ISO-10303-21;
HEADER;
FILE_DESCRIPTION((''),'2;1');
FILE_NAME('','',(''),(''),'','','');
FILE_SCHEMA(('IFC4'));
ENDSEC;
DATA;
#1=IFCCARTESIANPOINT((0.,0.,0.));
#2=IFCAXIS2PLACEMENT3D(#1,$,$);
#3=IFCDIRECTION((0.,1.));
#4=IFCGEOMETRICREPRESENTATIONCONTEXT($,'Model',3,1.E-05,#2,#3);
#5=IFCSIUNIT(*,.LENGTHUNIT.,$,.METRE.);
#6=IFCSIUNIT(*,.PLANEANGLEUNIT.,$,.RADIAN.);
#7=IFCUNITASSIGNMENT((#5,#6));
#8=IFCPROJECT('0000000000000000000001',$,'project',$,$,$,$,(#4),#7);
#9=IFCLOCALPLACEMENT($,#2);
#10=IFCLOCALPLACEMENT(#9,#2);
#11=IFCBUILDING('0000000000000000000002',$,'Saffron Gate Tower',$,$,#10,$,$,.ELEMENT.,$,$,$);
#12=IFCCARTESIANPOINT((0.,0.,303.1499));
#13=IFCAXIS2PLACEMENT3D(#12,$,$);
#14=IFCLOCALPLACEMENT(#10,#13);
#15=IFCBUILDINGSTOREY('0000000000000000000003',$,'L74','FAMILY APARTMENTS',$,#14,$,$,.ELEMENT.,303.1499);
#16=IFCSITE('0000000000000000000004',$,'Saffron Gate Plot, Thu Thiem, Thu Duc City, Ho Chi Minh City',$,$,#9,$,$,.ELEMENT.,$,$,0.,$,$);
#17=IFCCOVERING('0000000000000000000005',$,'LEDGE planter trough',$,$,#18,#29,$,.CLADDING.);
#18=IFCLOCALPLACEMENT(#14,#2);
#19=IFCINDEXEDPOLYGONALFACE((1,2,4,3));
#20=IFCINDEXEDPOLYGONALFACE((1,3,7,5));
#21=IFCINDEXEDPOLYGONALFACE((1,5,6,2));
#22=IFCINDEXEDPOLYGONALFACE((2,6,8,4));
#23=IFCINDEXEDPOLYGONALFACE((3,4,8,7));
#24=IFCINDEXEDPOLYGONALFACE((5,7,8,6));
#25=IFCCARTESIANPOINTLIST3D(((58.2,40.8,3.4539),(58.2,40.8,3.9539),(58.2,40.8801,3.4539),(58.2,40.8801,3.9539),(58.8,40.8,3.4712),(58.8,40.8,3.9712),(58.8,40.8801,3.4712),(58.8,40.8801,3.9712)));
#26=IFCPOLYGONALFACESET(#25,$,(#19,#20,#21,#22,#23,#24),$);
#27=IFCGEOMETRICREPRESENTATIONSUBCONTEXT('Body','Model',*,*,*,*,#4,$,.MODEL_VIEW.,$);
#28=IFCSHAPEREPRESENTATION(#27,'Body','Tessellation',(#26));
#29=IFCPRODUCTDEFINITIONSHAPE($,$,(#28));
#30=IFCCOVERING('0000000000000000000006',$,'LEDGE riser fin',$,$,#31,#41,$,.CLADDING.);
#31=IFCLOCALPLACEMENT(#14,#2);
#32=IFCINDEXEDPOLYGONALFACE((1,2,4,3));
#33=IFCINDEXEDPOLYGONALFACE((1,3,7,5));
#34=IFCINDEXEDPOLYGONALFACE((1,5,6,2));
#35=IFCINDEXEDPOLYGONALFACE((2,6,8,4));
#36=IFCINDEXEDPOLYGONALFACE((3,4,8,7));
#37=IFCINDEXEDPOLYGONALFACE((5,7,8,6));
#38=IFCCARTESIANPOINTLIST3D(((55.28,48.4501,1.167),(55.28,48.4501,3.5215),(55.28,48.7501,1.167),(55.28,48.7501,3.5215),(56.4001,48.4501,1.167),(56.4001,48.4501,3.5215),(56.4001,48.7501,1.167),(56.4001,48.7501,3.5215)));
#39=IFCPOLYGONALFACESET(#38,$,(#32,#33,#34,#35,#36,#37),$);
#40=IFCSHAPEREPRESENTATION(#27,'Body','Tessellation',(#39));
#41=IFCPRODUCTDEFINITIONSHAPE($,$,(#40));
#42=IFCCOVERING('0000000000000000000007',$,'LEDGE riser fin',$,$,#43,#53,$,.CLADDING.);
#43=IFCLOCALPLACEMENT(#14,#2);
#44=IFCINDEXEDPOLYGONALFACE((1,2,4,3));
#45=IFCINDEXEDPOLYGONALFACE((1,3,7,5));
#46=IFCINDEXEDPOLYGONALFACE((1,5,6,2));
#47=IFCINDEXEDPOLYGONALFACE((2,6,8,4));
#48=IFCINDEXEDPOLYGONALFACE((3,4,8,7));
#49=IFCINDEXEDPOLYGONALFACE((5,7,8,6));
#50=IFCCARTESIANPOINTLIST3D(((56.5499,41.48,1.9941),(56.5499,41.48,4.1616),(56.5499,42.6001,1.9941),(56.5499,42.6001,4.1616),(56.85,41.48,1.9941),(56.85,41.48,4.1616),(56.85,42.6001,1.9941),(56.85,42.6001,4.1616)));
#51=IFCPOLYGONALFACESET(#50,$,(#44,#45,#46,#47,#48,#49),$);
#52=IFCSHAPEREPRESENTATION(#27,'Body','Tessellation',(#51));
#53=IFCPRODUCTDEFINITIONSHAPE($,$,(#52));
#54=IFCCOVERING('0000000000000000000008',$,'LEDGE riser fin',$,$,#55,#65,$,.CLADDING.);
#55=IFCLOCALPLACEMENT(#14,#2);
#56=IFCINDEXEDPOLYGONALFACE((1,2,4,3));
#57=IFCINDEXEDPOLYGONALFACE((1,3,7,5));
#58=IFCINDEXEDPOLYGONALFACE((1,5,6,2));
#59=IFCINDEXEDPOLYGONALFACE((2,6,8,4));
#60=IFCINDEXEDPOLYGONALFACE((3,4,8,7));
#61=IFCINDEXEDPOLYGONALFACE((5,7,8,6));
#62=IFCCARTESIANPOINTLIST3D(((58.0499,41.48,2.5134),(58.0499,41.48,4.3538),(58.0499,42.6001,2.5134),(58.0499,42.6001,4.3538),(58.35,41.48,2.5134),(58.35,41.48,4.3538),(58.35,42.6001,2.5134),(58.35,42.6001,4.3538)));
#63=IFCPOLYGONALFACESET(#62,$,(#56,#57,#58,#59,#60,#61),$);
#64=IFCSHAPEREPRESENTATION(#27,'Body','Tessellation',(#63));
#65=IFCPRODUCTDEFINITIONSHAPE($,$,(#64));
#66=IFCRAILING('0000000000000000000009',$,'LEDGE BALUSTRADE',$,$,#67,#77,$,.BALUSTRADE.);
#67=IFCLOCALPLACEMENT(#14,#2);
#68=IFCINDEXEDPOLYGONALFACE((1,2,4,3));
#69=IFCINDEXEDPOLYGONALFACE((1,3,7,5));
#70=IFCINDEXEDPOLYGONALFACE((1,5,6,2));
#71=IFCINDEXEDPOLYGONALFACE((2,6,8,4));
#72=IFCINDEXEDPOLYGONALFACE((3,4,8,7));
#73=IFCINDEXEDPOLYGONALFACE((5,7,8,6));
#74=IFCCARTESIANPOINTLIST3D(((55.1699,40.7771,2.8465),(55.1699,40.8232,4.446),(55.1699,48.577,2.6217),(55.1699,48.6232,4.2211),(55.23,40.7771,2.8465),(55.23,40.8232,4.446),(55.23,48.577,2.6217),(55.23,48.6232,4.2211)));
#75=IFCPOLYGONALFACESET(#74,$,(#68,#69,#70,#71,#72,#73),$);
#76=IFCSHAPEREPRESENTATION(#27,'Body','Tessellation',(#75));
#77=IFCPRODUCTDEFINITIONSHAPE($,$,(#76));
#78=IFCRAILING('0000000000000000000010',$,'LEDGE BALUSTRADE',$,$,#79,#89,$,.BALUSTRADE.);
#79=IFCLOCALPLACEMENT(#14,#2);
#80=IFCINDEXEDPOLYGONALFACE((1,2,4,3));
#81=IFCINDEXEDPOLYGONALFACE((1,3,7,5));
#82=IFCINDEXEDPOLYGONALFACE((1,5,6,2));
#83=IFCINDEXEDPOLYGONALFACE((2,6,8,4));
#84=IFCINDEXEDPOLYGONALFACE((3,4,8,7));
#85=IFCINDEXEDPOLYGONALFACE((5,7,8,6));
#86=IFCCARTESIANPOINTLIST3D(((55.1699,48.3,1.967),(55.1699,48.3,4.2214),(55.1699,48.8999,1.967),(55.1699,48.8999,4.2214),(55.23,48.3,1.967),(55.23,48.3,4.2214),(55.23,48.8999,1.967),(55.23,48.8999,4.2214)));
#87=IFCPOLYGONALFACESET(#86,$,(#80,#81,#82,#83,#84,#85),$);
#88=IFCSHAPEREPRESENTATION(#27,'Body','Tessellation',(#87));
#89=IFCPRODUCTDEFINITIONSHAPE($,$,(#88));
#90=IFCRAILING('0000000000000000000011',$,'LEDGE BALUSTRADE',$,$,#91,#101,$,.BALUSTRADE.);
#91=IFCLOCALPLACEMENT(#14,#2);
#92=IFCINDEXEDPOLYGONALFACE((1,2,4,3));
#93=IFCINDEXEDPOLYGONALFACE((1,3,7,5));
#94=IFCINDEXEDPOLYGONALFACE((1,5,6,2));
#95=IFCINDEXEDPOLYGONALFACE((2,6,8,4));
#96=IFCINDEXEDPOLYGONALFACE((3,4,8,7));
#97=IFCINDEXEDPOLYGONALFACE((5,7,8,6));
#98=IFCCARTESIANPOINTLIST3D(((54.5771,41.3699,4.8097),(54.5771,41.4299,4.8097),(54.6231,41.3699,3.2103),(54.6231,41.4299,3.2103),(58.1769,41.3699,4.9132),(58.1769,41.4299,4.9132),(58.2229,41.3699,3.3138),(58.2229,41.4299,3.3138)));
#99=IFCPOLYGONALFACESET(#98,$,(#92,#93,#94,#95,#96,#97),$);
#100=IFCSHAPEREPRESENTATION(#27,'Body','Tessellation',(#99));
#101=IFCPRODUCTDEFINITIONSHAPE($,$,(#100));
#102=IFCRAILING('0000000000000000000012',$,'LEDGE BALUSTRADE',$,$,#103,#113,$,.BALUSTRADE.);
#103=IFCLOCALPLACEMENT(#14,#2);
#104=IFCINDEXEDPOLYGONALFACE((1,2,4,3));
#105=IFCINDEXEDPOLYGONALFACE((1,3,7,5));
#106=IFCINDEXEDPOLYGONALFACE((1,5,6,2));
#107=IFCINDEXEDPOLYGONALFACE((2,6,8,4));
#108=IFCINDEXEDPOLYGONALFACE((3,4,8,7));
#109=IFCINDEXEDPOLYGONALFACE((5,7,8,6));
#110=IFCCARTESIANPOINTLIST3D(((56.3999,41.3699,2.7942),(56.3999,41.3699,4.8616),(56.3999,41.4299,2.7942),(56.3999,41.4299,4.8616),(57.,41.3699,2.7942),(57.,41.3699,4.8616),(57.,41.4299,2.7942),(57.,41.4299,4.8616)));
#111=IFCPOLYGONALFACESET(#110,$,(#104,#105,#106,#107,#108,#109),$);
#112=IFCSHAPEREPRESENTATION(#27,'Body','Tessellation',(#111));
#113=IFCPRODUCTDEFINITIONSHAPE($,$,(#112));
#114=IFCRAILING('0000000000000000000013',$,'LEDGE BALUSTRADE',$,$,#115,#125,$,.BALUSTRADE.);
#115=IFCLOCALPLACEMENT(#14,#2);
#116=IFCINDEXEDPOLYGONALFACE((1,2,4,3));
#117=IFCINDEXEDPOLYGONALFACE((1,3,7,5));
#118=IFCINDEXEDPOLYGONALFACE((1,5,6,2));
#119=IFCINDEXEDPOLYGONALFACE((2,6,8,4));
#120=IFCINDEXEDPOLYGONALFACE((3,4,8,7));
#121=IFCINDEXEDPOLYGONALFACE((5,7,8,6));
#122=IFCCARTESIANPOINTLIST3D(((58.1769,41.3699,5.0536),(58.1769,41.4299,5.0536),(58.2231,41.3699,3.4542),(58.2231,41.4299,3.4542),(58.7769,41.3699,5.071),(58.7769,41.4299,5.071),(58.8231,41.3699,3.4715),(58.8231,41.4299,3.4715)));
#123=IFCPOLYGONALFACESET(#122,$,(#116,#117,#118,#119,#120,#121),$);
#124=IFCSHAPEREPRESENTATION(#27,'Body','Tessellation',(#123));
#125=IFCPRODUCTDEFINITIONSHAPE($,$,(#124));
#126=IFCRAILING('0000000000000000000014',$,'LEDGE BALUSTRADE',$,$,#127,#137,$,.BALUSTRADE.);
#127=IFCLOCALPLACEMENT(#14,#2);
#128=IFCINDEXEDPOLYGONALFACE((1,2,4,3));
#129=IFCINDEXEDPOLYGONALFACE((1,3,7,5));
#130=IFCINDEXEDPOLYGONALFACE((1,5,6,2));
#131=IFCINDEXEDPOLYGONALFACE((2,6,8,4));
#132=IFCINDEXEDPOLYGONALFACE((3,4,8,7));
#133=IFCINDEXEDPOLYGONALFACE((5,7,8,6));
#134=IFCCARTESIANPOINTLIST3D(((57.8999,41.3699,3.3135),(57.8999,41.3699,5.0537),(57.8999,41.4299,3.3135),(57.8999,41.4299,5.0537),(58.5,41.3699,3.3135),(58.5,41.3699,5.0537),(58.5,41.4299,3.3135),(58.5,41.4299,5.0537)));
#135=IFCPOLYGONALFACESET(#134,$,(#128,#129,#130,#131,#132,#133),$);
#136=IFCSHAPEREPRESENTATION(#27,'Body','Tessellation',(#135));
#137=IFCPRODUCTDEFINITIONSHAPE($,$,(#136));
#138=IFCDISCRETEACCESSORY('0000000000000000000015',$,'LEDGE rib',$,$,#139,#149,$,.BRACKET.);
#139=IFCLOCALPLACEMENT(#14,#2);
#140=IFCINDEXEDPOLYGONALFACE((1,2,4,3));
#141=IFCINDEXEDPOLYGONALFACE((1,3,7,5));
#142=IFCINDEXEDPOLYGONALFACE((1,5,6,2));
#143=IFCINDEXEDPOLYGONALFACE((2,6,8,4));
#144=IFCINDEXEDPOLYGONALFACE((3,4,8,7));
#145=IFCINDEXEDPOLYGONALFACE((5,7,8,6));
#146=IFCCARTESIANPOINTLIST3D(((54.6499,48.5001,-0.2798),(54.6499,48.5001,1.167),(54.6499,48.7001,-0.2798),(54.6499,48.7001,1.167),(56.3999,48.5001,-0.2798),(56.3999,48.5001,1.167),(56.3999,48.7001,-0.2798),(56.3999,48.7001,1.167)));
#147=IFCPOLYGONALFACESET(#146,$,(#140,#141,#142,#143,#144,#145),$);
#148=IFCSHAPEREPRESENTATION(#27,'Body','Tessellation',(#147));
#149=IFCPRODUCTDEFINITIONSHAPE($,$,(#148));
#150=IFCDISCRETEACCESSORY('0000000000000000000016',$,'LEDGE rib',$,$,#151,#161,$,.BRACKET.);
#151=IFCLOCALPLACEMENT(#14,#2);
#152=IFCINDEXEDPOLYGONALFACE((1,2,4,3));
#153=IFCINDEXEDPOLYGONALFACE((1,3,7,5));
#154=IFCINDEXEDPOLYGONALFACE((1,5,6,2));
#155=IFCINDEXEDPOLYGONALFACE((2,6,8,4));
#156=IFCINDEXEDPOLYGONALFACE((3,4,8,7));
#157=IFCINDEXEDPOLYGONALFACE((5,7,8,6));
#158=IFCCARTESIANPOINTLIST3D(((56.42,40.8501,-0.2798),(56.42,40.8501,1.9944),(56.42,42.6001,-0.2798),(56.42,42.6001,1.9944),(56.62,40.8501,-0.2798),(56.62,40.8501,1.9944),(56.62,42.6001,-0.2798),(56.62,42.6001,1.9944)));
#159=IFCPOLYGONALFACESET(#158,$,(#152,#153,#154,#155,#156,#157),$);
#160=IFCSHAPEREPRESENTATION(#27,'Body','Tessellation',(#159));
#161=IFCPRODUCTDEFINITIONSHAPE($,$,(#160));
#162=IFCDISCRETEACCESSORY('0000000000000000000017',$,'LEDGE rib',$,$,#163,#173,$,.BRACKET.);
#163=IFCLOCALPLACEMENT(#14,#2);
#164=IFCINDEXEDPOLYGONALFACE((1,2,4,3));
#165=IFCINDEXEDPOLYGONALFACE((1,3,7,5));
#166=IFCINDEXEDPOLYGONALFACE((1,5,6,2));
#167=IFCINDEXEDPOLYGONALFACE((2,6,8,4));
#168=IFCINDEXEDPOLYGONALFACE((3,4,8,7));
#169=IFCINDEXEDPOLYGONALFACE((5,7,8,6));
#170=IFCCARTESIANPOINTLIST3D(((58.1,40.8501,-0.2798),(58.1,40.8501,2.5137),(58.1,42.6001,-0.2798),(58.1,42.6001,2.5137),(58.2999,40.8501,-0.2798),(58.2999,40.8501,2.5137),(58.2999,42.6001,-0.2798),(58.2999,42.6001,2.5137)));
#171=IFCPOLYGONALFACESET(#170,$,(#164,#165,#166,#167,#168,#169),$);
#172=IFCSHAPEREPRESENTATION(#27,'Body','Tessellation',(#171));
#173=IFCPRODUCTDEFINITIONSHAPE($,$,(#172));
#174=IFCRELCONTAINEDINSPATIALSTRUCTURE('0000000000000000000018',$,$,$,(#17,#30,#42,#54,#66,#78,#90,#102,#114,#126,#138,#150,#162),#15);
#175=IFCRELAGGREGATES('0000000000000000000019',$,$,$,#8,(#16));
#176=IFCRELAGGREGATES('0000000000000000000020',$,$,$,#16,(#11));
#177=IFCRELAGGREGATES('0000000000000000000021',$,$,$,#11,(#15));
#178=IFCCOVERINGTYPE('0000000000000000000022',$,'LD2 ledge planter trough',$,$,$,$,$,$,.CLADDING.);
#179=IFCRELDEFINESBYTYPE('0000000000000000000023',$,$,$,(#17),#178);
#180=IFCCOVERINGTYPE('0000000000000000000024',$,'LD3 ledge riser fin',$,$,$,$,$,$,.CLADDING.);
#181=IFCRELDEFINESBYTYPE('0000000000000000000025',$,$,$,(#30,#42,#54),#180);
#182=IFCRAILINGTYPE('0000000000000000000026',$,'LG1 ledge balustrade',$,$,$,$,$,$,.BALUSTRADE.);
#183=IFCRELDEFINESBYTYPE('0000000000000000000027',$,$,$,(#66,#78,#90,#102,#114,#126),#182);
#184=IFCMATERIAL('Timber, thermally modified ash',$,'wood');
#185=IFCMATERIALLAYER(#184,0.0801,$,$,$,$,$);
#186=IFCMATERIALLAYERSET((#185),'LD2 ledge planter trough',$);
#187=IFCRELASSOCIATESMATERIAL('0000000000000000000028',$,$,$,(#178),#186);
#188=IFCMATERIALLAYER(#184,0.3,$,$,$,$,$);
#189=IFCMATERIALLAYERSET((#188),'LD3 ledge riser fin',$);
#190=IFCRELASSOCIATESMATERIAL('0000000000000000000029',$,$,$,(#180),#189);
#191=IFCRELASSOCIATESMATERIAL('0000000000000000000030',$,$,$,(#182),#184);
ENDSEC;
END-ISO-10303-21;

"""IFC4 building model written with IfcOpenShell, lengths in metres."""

from ifc_helpers import new_model, si_unit, direction, frame, origin, origin_2d, place, context, subcontext, project, spatial, polyline, rectangle, outline, extrude, material, layer, layer_set, type_object, element, save


model = new_model("IFC4")

# Units and contexts
model_context = context("Model", 3, precision=1e-05, world=origin(), true_north=direction((0.0, 1.0)))
body_context = subcontext(model_context, "Body", "Model", "MODEL_VIEW")
ifc_project = project(units=[si_unit("LENGTHUNIT", "METRE"), si_unit("PLANEANGLEUNIT", "RADIAN")], contexts=[model_context])

# Site, building, storey
site_placement = place(None, origin())
site = spatial("IfcSite", under=ifc_project, at=site_placement, Name="Saffron Gate Plot, Thu Thiem, Thu Duc City, Ho Chi Minh City", CompositionType="ELEMENT", RefElevation=0.0)
building_placement = place(site_placement, origin())
building = spatial("IfcBuilding", under=site, at=building_placement, Name="Saffron Gate Tower", CompositionType="ELEMENT")
storey_placement = place(building_placement, frame((0.0, 0.0, 303.1499)))
storey = spatial("IfcBuildingStorey", under=building, at=storey_placement, Name="L74", Description="FAMILY APARTMENTS", CompositionType="ELEMENT", Elevation=303.1499)

# Coverings
ifc_material_1 = material(Name="Timber, thermally modified ash", Category="wood")
ifc_layer_1 = layer(ifc_material_1, 0.0801)
ifc_layer_set_1 = layer_set([ifc_layer_1], Name="LD2 ledge planter trough")
covering_type_1 = type_object("IfcCoveringType", Name="LD2 ledge planter trough", PredefinedType="CLADDING", material=ifc_layer_set_1)
covering_1_placement = place(storey_placement, frame((58.2, 40.8, 3.4539), z_axis=(0.0, -1.0, 0.0), x_axis=(0.999583, 0.0, 0.028873)))
element("IfcCovering", 1, at=covering_1_placement, inside=storey, type_object=covering_type_1, Name="LEDGE planter trough", PredefinedType="CLADDING", context=body_context, shape_type="SweptSolid", body=[
    extrude(outline(polyline([(0.0, 0.0), (0.6003, 0.0), (0.6148, 0.4998), (0.0144, 0.4998), (0.0, 0.0)])), origin(), (0.0, 0.0, -1.0), 0.0801),
])
ifc_layer_2 = layer(ifc_material_1, 0.3)
ifc_layer_set_2 = layer_set([ifc_layer_2], Name="LD3 ledge riser fin")
covering_type_2 = type_object("IfcCoveringType", Name="LD3 ledge riser fin", PredefinedType="CLADDING", material=ifc_layer_set_2)
covering_2_placement = place(storey_placement, frame((55.8401, 48.6001, 1.167), z_axis=(0.0, 0.0, 1.0), x_axis=(0.0, -1.0, 0.0)))
element("IfcCovering", 2, at=covering_2_placement, inside=storey, type_object=covering_type_2, Name="LEDGE riser fin", PredefinedType="CLADDING", context=body_context, shape_type="SweptSolid", body=[
    extrude(rectangle(XDim=0.3, YDim=1.1201, at=origin_2d()), origin(), (0.0, 0.0, 1.0), 2.3545),
])
covering_3_placement = place(storey_placement, frame((56.7, 42.04, 1.9941), z_axis=(0.0, 0.0, 1.0), x_axis=(1.0, 0.0, 0.0)))
element("IfcCovering", 3, at=covering_3_placement, inside=storey, type_object=covering_type_2, Name="LEDGE riser fin", PredefinedType="CLADDING", context=body_context, shape_type="SweptSolid", body=[
    extrude(rectangle(XDim=0.3, YDim=1.1201, at=origin_2d()), origin(), (0.0, 0.0, 1.0), 2.1675),
])
covering_4_placement = place(storey_placement, frame((58.2, 42.04, 2.5134), z_axis=(0.0, 0.0, 1.0), x_axis=(1.0, 0.0, 0.0)))
element("IfcCovering", 4, at=covering_4_placement, inside=storey, type_object=covering_type_2, Name="LEDGE riser fin", PredefinedType="CLADDING", context=body_context, shape_type="SweptSolid", body=[
    extrude(rectangle(XDim=0.3, YDim=1.1201, at=origin_2d()), origin(), (0.0, 0.0, 1.0), 1.8403),
])

# Railings
railing_type = type_object("IfcRailingType", Name="LG1 ledge balustrade", PredefinedType="BALUSTRADE", material=ifc_material_1)
railing_1_placement = place(storey_placement, frame((55.2, 48.6001, 2.6213)))
element("IfcRailing", 5, at=railing_1_placement, inside=storey, type_object=railing_type, Name="LEDGE BALUSTRADE", PredefinedType="BALUSTRADE", context=body_context, shape_type="SweptSolid", body=[
    extrude(rectangle(XDim=0.0601, YDim=1.6001, at=origin_2d()), frame((0.0, 0.0, 0.8), z_axis=(0.0, -0.999585, 0.028815), x_axis=(1.0, 0.0, 0.0)), (0.0, 0.0, 1.0), 7.8032),
])
railing_2_placement = place(storey_placement, frame((55.2, 48.8999, 1.967)))
element("IfcRailing", 6, at=railing_2_placement, inside=storey, type_object=railing_type, Name="LEDGE BALUSTRADE", PredefinedType="BALUSTRADE", context=body_context, shape_type="SweptSolid", body=[
    extrude(rectangle(XDim=0.0601, YDim=2.2544, at=origin_2d()), frame((0.0, 0.0, 1.1272), z_axis=(0.0, -1.0, 0.0), x_axis=(1.0, 0.0, 0.0)), (0.0, 0.0, 1.0), 0.5999),
])
railing_3_placement = place(storey_placement, frame((54.6001, 41.3999, 3.21)))
element("IfcRailing", 7, at=railing_3_placement, inside=storey, type_object=railing_type, Name="LEDGE BALUSTRADE", PredefinedType="BALUSTRADE", context=body_context, shape_type="SweptSolid", body=[
    extrude(rectangle(XDim=0.0601, YDim=1.6001, at=origin_2d()), frame((0.0, 0.0, 0.8), z_axis=(0.999587, 0.0, 0.028744), x_axis=(0.0, 1.0, 0.0)), (0.0, 0.0, 1.0), 3.6013),
])
railing_4_placement = place(storey_placement, frame((56.3999, 41.3999, 2.7942)))
element("IfcRailing", 8, at=railing_4_placement, inside=storey, type_object=railing_type, Name="LEDGE BALUSTRADE", PredefinedType="BALUSTRADE", context=body_context, shape_type="SweptSolid", body=[
    extrude(rectangle(XDim=0.0601, YDim=2.0674, at=origin_2d()), frame((0.0, 0.0, 1.0337), z_axis=(1.0, 0.0, 0.0), x_axis=(0.0, 1.0, 0.0)), (0.0, 0.0, 1.0), 0.6001),
])
railing_5_placement = place(storey_placement, frame((58.2, 41.3999, 3.4539)))
element("IfcRailing", 9, at=railing_5_placement, inside=storey, type_object=railing_type, Name="LEDGE BALUSTRADE", PredefinedType="BALUSTRADE", context=body_context, shape_type="SweptSolid", body=[
    extrude(rectangle(XDim=0.0601, YDim=1.6001, at=origin_2d()), frame((0.0, 0.0, 0.8), z_axis=(0.999583, 0.0, 0.028873), x_axis=(0.0, 1.0, 0.0)), (0.0, 0.0, 1.0), 0.6003),
])
railing_6_placement = place(storey_placement, frame((57.8999, 41.3999, 3.3135)))
element("IfcRailing", 10, at=railing_6_placement, inside=storey, type_object=railing_type, Name="LEDGE BALUSTRADE", PredefinedType="BALUSTRADE", context=body_context, shape_type="SweptSolid", body=[
    extrude(rectangle(XDim=0.0601, YDim=1.7402, at=origin_2d()), frame((0.0, 0.0, 0.8701), z_axis=(1.0, 0.0, 0.0), x_axis=(0.0, 1.0, 0.0)), (0.0, 0.0, 1.0), 0.6001),
])

# Discrete accessories
discrete_accessory_1_placement = place(storey_placement, frame((55.5249, 48.6001, -0.2798), z_axis=(0.0, 0.0, 1.0), x_axis=(0.0, -1.0, 0.0)))
element("IfcDiscreteAccessory", 11, at=discrete_accessory_1_placement, inside=storey, Name="LEDGE rib", PredefinedType="BRACKET", context=body_context, shape_type="SweptSolid", body=[
    extrude(rectangle(XDim=0.2, YDim=1.75, at=origin_2d()), origin(), (0.0, 0.0, 1.0), 1.4468),
])
discrete_accessory_2_placement = place(storey_placement, frame((56.52, 41.7251, -0.2798), z_axis=(0.0, 0.0, 1.0), x_axis=(1.0, 0.0, 0.0)))
element("IfcDiscreteAccessory", 12, at=discrete_accessory_2_placement, inside=storey, Name="LEDGE rib", PredefinedType="BRACKET", context=body_context, shape_type="SweptSolid", body=[
    extrude(rectangle(XDim=0.2, YDim=1.75, at=origin_2d()), origin(), (0.0, 0.0, 1.0), 2.2742),
])
discrete_accessory_3_placement = place(storey_placement, frame((58.2, 41.7251, -0.2798), z_axis=(0.0, 0.0, 1.0), x_axis=(1.0, 0.0, 0.0)))
element("IfcDiscreteAccessory", 13, at=discrete_accessory_3_placement, inside=storey, Name="LEDGE rib", PredefinedType="BRACKET", context=body_context, shape_type="SweptSolid", body=[
    extrude(rectangle(XDim=0.2, YDim=1.75, at=origin_2d()), origin(), (0.0, 0.0, 1.0), 2.7935),
])

save(model, "model.ifc")
